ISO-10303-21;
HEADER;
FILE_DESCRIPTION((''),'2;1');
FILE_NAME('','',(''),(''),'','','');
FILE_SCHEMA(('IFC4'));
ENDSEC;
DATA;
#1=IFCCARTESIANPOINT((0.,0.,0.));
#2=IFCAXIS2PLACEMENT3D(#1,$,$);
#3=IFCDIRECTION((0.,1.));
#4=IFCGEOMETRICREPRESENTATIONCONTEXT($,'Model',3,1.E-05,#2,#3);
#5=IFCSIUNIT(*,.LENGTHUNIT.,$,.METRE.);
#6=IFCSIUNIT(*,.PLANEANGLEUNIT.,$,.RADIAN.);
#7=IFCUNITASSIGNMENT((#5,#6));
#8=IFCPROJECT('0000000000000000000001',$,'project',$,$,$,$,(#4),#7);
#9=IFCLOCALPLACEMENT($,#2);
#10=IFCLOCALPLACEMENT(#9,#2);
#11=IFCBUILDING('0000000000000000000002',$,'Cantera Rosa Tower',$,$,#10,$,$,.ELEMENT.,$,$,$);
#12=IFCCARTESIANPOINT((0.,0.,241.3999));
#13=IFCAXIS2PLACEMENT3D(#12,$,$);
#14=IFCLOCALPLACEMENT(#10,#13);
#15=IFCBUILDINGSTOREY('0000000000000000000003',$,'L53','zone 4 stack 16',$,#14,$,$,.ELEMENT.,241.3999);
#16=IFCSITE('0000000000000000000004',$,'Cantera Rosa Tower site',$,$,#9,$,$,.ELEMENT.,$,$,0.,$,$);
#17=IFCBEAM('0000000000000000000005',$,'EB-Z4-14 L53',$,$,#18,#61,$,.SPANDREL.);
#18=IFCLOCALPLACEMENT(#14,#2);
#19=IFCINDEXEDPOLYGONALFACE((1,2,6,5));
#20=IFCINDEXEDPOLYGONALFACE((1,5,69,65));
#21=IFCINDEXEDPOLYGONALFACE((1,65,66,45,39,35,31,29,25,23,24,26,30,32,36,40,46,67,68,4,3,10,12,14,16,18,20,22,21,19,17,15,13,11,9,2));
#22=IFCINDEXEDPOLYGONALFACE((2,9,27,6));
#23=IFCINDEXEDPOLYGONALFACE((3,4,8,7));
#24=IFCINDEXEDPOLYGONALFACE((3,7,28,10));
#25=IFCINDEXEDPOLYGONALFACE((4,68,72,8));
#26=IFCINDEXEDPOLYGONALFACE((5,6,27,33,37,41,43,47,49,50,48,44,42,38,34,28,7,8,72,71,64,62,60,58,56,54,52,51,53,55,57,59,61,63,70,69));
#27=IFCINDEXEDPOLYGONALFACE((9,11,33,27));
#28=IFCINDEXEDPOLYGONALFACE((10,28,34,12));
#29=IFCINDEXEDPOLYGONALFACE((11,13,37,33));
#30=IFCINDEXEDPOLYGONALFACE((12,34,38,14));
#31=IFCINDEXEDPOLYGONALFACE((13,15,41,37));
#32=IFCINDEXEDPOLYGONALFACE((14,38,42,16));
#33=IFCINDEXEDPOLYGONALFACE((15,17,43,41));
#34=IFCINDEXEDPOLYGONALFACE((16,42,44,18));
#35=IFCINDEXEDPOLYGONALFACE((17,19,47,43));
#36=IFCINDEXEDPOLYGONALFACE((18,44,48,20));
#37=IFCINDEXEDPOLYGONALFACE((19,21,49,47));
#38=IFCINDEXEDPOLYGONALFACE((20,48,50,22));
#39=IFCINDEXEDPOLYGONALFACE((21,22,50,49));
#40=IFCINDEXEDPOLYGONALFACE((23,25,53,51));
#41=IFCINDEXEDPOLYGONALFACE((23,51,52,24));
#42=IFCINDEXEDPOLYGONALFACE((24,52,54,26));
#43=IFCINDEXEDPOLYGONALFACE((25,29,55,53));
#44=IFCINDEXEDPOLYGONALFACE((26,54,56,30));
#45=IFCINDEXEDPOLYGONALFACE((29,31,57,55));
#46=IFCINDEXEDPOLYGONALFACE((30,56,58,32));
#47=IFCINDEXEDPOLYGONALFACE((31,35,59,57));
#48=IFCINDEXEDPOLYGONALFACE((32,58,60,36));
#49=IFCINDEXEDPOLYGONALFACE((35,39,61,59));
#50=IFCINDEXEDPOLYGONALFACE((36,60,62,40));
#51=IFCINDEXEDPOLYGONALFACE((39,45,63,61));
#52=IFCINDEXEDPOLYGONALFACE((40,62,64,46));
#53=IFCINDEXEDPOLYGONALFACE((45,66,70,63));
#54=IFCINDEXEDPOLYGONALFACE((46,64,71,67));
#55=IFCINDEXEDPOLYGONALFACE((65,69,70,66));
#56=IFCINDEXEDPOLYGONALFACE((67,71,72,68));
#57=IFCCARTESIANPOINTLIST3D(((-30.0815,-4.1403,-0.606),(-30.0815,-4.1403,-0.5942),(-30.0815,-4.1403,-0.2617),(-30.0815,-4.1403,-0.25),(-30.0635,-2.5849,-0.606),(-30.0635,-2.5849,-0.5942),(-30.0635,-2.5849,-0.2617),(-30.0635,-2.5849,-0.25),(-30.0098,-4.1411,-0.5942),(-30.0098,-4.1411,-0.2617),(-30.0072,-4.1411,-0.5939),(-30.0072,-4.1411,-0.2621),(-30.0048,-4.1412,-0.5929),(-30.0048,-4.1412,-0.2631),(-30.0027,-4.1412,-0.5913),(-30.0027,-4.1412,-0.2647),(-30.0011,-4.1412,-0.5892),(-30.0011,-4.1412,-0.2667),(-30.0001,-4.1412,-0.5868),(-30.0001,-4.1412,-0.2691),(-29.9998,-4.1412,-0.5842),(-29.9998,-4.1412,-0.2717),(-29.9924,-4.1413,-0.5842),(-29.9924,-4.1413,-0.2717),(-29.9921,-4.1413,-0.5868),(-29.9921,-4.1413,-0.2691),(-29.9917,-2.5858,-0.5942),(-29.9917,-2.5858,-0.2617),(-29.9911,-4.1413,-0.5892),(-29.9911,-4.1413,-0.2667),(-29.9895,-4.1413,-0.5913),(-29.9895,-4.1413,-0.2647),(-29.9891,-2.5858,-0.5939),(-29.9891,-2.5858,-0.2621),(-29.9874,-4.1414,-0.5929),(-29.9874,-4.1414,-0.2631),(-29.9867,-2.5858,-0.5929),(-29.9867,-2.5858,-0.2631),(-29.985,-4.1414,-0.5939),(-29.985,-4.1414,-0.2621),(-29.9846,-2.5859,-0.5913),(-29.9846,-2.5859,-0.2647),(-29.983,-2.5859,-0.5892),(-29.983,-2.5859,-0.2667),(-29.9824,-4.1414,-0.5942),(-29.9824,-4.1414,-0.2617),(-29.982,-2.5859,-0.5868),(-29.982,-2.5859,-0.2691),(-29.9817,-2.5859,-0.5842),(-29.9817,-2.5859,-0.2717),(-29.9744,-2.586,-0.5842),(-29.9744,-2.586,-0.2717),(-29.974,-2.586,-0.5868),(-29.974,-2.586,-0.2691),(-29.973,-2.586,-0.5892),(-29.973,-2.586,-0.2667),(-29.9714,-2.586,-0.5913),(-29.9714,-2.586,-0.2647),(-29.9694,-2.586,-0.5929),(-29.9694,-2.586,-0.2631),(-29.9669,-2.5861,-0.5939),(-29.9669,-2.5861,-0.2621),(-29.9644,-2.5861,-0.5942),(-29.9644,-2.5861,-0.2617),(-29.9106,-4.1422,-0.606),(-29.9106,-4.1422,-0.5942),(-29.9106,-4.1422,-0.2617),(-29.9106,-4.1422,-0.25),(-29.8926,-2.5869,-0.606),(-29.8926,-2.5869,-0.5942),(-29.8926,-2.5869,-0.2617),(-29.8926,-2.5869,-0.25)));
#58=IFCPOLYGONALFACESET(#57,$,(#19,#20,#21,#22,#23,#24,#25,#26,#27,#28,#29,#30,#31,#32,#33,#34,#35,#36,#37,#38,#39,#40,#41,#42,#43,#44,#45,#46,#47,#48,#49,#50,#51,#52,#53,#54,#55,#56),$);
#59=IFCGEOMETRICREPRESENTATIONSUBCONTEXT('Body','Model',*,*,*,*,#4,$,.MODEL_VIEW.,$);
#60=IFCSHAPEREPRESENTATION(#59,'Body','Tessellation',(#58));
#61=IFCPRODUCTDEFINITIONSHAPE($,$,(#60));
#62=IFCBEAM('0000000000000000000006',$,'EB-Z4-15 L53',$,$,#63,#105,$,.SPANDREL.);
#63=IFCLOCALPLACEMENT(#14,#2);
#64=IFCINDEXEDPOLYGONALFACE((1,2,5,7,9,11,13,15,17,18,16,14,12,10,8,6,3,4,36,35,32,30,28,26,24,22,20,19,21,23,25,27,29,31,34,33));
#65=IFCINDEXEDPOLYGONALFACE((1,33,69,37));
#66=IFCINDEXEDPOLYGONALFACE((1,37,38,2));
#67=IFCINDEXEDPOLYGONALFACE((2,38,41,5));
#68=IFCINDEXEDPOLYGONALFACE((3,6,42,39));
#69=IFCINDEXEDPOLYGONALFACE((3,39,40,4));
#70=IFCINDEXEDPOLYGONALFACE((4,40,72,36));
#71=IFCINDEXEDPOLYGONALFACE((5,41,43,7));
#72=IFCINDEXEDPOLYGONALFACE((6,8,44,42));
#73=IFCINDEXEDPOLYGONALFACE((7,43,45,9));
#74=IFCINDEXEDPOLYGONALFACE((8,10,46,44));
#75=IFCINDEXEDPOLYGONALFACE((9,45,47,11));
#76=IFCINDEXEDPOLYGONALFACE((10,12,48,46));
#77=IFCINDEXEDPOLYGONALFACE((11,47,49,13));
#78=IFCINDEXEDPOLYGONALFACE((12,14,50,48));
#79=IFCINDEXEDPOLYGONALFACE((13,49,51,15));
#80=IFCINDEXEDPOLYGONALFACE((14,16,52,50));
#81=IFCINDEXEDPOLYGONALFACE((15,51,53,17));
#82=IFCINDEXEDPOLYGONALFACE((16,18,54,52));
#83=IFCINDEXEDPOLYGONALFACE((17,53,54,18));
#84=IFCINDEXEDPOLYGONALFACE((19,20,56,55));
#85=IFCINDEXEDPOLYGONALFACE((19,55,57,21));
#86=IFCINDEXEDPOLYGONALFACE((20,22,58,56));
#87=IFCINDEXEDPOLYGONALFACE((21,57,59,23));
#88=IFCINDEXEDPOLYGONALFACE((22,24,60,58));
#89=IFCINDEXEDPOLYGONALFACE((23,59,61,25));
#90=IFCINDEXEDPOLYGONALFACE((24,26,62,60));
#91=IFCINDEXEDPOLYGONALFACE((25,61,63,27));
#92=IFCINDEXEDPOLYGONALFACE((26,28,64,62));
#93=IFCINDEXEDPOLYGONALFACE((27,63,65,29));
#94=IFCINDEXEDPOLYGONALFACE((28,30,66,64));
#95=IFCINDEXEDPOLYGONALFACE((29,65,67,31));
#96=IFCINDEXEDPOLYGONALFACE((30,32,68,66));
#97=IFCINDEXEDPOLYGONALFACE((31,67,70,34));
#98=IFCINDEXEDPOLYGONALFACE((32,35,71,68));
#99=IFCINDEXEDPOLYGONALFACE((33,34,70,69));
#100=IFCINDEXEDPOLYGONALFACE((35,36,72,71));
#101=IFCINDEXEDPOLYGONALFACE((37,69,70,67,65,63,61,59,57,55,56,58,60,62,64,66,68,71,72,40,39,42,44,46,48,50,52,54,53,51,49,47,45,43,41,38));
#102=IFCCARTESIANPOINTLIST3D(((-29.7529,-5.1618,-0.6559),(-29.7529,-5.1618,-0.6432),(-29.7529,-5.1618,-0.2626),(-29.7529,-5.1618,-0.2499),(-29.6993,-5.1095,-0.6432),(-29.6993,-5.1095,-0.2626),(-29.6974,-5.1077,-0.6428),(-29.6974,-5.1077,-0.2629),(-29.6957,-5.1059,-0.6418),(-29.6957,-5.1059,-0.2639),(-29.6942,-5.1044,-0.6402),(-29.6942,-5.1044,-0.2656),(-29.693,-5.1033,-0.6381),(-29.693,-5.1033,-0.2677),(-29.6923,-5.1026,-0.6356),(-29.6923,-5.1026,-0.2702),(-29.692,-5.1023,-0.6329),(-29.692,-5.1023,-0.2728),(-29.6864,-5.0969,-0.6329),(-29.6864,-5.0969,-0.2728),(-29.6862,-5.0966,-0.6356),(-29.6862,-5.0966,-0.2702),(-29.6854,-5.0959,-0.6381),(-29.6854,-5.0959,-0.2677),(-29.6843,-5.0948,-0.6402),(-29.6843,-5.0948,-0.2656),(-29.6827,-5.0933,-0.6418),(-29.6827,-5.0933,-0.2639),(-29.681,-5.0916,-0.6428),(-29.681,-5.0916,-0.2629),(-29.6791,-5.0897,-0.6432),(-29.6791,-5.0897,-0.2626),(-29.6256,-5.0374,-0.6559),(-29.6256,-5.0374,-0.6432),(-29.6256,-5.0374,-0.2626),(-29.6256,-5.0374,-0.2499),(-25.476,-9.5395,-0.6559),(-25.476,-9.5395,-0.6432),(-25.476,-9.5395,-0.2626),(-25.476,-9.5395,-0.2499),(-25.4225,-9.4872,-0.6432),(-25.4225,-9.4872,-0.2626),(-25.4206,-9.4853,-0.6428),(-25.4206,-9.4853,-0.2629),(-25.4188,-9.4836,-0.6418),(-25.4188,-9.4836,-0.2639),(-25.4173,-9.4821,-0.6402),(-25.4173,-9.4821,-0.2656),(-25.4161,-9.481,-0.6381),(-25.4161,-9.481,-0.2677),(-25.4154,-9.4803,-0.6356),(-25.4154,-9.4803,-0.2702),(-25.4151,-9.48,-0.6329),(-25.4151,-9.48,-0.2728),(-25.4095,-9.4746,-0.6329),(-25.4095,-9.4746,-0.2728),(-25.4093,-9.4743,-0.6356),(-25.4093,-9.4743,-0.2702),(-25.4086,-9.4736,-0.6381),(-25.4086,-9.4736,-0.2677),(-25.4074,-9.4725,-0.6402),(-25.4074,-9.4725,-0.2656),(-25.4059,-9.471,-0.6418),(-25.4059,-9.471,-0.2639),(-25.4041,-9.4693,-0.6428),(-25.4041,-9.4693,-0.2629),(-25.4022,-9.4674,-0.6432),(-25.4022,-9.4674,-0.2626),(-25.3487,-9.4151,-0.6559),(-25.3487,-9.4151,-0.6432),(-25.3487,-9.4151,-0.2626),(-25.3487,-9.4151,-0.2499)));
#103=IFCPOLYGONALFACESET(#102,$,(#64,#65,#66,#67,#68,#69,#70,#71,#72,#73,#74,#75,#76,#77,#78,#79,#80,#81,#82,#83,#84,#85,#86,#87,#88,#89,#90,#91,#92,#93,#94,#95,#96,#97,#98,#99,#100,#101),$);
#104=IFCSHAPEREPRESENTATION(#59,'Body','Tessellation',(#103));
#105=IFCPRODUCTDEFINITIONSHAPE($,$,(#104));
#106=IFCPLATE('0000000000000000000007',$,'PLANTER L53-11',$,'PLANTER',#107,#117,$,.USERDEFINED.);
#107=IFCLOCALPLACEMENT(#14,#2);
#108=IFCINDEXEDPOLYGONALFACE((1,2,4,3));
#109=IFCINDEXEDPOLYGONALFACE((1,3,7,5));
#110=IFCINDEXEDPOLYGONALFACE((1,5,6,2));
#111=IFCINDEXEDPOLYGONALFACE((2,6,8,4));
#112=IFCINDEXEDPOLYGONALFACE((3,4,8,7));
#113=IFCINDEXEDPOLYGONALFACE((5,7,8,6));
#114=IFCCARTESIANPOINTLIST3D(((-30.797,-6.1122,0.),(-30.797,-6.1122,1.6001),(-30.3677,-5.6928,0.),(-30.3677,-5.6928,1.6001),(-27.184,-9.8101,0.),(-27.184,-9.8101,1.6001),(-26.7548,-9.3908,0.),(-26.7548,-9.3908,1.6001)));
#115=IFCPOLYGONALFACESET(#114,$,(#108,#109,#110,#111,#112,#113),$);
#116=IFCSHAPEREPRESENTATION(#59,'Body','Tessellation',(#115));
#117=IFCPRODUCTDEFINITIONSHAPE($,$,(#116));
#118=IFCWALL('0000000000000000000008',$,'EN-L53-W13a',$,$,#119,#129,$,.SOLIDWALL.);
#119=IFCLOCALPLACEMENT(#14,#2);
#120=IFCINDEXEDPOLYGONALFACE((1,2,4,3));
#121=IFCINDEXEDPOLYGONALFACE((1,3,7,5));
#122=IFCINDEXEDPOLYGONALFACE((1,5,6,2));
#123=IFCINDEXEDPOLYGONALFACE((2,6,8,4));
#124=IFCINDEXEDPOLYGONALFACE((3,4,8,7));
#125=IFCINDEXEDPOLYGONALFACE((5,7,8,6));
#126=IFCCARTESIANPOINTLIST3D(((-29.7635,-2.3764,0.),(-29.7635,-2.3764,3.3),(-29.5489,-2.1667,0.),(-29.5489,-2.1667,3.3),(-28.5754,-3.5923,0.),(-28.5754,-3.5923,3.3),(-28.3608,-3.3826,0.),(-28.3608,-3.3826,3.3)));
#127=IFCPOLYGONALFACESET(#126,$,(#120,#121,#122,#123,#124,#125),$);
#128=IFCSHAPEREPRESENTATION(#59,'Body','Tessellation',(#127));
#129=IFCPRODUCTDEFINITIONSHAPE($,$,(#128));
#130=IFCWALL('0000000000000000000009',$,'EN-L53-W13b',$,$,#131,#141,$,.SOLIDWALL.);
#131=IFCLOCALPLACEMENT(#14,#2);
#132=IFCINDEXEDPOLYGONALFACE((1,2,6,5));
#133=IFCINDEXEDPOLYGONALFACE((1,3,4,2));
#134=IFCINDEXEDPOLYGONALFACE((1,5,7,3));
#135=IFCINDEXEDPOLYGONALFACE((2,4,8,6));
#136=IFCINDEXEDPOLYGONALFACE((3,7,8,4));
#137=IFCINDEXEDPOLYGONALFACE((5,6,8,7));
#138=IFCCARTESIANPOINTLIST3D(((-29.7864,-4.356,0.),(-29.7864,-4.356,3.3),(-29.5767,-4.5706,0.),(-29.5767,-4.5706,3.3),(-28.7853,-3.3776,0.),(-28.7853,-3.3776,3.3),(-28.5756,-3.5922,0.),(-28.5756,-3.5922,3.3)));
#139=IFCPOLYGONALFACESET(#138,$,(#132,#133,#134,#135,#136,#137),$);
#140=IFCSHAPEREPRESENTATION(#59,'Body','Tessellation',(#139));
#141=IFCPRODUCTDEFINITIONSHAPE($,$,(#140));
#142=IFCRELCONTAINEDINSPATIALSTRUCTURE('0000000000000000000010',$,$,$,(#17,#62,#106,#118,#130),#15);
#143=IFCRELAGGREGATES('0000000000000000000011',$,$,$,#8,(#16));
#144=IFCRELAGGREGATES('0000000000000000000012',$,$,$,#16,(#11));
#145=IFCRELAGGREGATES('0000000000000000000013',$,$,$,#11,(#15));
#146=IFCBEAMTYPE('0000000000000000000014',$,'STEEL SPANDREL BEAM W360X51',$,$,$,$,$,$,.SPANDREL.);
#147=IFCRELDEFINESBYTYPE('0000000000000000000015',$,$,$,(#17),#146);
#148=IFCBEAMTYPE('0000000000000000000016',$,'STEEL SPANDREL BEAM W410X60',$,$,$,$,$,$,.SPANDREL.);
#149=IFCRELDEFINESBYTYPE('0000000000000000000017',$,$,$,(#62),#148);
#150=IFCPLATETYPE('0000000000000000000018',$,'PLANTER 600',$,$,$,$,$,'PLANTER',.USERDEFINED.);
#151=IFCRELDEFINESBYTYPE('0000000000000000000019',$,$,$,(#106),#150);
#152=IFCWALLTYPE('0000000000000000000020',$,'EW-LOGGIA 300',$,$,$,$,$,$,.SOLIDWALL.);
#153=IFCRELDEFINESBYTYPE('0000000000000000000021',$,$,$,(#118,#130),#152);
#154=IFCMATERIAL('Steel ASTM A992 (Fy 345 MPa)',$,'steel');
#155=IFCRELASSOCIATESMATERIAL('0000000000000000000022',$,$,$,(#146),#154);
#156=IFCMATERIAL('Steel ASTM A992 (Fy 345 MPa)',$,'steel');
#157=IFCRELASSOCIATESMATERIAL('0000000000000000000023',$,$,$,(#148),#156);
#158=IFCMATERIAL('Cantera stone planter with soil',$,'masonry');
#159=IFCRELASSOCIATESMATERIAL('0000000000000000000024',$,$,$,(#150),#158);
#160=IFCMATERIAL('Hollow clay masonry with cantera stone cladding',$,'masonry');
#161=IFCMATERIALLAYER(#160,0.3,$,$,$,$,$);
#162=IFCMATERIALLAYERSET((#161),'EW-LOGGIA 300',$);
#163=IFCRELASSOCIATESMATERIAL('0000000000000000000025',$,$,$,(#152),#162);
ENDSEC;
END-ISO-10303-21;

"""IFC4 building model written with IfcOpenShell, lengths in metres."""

from ifc_helpers import new_model, si_unit, direction, frame, frame_2d, origin, origin_2d, place, context, subcontext, project, spatial, rectangle, i_section, extrude, material, layer, layer_set, material_profile, profile_set, type_object, element, save


model = new_model("IFC4")

# Units and contexts
model_context = context("Model", 3, precision=1e-05, world=origin(), true_north=direction((0.0, 1.0)))
body_context = subcontext(model_context, "Body", "Model", "MODEL_VIEW")
ifc_project = project(units=[si_unit("LENGTHUNIT", "METRE"), si_unit("PLANEANGLEUNIT", "RADIAN")], contexts=[model_context])

# Site, building, storey
site_placement = place(None, origin())
site = spatial("IfcSite", under=ifc_project, at=site_placement, Name="Cantera Rosa Tower site", CompositionType="ELEMENT", RefElevation=0.0)
building_placement = place(site_placement, origin())
building = spatial("IfcBuilding", under=site, at=building_placement, Name="Cantera Rosa Tower", CompositionType="ELEMENT")
storey_placement = place(building_placement, frame((0.0, 0.0, 241.3999)))
storey = spatial("IfcBuildingStorey", under=building, at=storey_placement, Name="L53", Description="zone 4 stack 16", CompositionType="ELEMENT", Elevation=241.3999)

# Beams
ifc_material_1 = material(Name="Steel ASTM A992 (Fy 345 MPa)", Category="steel")
ifc_material_profile_1 = material_profile(ifc_material_1, i_section(OverallWidth=0.1709, OverallDepth=0.356, WebThickness=0.0073, FlangeThickness=0.0117, FilletRadius=0.01, at=origin_2d()), Name="W360X51")
ifc_profile_set_1 = profile_set([ifc_material_profile_1], Name="Steel ASTM A992 (Fy 345 MPa)")
beam_type_1 = type_object("IfcBeamType", Name="STEEL SPANDREL BEAM W360X51", PredefinedType="SPANDREL", material=ifc_profile_set_1)
beam_1_placement = place(storey_placement, frame((-29.978, -2.5859, -0.428), z_axis=(-0.011614, -0.999933, 0.0), x_axis=(0.999933, -0.011614, 0.0)))
element("IfcBeam", 1, at=beam_1_placement, inside=storey, type_object=beam_type_1, Name="EB-Z4-14 L53", PredefinedType="SPANDREL", context=body_context, shape_type="SweptSolid", body=[
    extrude(i_section(OverallWidth=0.1709, OverallDepth=0.356, WebThickness=0.0073, FlangeThickness=0.0117, FilletRadius=0.01, at=origin_2d()), origin(), (0.0, 0.0, 1.0), 1.5554),
])
ifc_material_2 = material(Name="Steel ASTM A992 (Fy 345 MPa)", Category="steel")
ifc_material_profile_2 = material_profile(ifc_material_2, i_section(OverallWidth=0.178, OverallDepth=0.406, WebThickness=0.0078, FlangeThickness=0.0127, FilletRadius=0.0103, at=origin_2d()), Name="W410X60")
ifc_profile_set_2 = profile_set([ifc_material_profile_2], Name="Steel ASTM A992 (Fy 345 MPa)")
beam_type_2 = type_object("IfcBeamType", Name="STEEL SPANDREL BEAM W410X60", PredefinedType="SPANDREL", material=ifc_profile_set_2)
beam_2_placement = place(storey_placement, frame((-29.6892, -5.0996, -0.4529), z_axis=(0.698821, -0.715296, 0.0), x_axis=(0.715296, 0.698821, 0.0)))
element("IfcBeam", 2, at=beam_2_placement, inside=storey, type_object=beam_type_2, Name="EB-Z4-15 L53", PredefinedType="SPANDREL", context=body_context, shape_type="SweptSolid", body=[
    extrude(i_section(OverallWidth=0.178, OverallDepth=0.406, WebThickness=0.0078, FlangeThickness=0.0127, FilletRadius=0.0103, at=origin_2d()), origin(), (0.0, 0.0, 1.0), 6.1201),
])

# Plate
ifc_material_3 = material(Name="Cantera stone planter with soil", Category="masonry")
plate_type = type_object("IfcPlateType", Name="PLANTER 600", ElementType="PLANTER", PredefinedType="USERDEFINED", material=ifc_material_3)
plate_placement = place(storey_placement, frame((-28.7759, -7.7515, 0.0), z_axis=(0.0, 0.0, 1.0), x_axis=(0.698832, -0.715286, 0.0)))
element("IfcPlate", 3, at=plate_placement, inside=storey, type_object=plate_type, Name="PLANTER L53-11", ObjectType="PLANTER", PredefinedType="USERDEFINED", context=body_context, shape_type="SweptSolid", body=[
    extrude(rectangle(XDim=5.1699, YDim=0.6001, at=origin_2d()), origin(), (0.0, 0.0, 1.0), 1.6001),
])

# Walls
ifc_material_4 = material(Name="Hollow clay masonry with cantera stone cladding", Category="masonry")
ifc_layer_1 = layer(ifc_material_4, 0.3)
ifc_layer_set_1 = layer_set([ifc_layer_1], Name="EW-LOGGIA 300")
wall_type_1 = type_object("IfcWallType", Name="EW-LOGGIA 300", PredefinedType="SOLIDWALL", material=ifc_layer_set_1)
wall_1_placement = place(storey_placement, frame((-29.6562, -2.2715, 0.0), z_axis=(0.0, 0.0, 1.0), x_axis=(0.698873, -0.715246, 0.0)))
element("IfcWall", 4, at=wall_1_placement, inside=storey, type_object=wall_type_1, Name="EN-L53-W13a", PredefinedType="SOLIDWALL", context=body_context, shape_type="SweptSolid", body=[
    extrude(rectangle(XDim=1.7, YDim=0.3, at=frame_2d((0.8501, 0.0))), origin(), (0.0, 0.0, 1.0), 3.3),
])
wall_2_placement = place(storey_placement, frame((-28.6804, -3.4849, 0.0), z_axis=(0.0, 0.0, 1.0), x_axis=(-0.715169, -0.698951, 0.0)))
element("IfcWall", 5, at=wall_2_placement, inside=storey, type_object=wall_type_1, Name="EN-L53-W13b", PredefinedType="SOLIDWALL", context=body_context, shape_type="SweptSolid", body=[
    extrude(rectangle(XDim=1.3999, YDim=0.3, at=frame_2d((0.7, 0.0))), origin(), (0.0, 0.0, 1.0), 3.3),
])

save(model, "model.ifc")
